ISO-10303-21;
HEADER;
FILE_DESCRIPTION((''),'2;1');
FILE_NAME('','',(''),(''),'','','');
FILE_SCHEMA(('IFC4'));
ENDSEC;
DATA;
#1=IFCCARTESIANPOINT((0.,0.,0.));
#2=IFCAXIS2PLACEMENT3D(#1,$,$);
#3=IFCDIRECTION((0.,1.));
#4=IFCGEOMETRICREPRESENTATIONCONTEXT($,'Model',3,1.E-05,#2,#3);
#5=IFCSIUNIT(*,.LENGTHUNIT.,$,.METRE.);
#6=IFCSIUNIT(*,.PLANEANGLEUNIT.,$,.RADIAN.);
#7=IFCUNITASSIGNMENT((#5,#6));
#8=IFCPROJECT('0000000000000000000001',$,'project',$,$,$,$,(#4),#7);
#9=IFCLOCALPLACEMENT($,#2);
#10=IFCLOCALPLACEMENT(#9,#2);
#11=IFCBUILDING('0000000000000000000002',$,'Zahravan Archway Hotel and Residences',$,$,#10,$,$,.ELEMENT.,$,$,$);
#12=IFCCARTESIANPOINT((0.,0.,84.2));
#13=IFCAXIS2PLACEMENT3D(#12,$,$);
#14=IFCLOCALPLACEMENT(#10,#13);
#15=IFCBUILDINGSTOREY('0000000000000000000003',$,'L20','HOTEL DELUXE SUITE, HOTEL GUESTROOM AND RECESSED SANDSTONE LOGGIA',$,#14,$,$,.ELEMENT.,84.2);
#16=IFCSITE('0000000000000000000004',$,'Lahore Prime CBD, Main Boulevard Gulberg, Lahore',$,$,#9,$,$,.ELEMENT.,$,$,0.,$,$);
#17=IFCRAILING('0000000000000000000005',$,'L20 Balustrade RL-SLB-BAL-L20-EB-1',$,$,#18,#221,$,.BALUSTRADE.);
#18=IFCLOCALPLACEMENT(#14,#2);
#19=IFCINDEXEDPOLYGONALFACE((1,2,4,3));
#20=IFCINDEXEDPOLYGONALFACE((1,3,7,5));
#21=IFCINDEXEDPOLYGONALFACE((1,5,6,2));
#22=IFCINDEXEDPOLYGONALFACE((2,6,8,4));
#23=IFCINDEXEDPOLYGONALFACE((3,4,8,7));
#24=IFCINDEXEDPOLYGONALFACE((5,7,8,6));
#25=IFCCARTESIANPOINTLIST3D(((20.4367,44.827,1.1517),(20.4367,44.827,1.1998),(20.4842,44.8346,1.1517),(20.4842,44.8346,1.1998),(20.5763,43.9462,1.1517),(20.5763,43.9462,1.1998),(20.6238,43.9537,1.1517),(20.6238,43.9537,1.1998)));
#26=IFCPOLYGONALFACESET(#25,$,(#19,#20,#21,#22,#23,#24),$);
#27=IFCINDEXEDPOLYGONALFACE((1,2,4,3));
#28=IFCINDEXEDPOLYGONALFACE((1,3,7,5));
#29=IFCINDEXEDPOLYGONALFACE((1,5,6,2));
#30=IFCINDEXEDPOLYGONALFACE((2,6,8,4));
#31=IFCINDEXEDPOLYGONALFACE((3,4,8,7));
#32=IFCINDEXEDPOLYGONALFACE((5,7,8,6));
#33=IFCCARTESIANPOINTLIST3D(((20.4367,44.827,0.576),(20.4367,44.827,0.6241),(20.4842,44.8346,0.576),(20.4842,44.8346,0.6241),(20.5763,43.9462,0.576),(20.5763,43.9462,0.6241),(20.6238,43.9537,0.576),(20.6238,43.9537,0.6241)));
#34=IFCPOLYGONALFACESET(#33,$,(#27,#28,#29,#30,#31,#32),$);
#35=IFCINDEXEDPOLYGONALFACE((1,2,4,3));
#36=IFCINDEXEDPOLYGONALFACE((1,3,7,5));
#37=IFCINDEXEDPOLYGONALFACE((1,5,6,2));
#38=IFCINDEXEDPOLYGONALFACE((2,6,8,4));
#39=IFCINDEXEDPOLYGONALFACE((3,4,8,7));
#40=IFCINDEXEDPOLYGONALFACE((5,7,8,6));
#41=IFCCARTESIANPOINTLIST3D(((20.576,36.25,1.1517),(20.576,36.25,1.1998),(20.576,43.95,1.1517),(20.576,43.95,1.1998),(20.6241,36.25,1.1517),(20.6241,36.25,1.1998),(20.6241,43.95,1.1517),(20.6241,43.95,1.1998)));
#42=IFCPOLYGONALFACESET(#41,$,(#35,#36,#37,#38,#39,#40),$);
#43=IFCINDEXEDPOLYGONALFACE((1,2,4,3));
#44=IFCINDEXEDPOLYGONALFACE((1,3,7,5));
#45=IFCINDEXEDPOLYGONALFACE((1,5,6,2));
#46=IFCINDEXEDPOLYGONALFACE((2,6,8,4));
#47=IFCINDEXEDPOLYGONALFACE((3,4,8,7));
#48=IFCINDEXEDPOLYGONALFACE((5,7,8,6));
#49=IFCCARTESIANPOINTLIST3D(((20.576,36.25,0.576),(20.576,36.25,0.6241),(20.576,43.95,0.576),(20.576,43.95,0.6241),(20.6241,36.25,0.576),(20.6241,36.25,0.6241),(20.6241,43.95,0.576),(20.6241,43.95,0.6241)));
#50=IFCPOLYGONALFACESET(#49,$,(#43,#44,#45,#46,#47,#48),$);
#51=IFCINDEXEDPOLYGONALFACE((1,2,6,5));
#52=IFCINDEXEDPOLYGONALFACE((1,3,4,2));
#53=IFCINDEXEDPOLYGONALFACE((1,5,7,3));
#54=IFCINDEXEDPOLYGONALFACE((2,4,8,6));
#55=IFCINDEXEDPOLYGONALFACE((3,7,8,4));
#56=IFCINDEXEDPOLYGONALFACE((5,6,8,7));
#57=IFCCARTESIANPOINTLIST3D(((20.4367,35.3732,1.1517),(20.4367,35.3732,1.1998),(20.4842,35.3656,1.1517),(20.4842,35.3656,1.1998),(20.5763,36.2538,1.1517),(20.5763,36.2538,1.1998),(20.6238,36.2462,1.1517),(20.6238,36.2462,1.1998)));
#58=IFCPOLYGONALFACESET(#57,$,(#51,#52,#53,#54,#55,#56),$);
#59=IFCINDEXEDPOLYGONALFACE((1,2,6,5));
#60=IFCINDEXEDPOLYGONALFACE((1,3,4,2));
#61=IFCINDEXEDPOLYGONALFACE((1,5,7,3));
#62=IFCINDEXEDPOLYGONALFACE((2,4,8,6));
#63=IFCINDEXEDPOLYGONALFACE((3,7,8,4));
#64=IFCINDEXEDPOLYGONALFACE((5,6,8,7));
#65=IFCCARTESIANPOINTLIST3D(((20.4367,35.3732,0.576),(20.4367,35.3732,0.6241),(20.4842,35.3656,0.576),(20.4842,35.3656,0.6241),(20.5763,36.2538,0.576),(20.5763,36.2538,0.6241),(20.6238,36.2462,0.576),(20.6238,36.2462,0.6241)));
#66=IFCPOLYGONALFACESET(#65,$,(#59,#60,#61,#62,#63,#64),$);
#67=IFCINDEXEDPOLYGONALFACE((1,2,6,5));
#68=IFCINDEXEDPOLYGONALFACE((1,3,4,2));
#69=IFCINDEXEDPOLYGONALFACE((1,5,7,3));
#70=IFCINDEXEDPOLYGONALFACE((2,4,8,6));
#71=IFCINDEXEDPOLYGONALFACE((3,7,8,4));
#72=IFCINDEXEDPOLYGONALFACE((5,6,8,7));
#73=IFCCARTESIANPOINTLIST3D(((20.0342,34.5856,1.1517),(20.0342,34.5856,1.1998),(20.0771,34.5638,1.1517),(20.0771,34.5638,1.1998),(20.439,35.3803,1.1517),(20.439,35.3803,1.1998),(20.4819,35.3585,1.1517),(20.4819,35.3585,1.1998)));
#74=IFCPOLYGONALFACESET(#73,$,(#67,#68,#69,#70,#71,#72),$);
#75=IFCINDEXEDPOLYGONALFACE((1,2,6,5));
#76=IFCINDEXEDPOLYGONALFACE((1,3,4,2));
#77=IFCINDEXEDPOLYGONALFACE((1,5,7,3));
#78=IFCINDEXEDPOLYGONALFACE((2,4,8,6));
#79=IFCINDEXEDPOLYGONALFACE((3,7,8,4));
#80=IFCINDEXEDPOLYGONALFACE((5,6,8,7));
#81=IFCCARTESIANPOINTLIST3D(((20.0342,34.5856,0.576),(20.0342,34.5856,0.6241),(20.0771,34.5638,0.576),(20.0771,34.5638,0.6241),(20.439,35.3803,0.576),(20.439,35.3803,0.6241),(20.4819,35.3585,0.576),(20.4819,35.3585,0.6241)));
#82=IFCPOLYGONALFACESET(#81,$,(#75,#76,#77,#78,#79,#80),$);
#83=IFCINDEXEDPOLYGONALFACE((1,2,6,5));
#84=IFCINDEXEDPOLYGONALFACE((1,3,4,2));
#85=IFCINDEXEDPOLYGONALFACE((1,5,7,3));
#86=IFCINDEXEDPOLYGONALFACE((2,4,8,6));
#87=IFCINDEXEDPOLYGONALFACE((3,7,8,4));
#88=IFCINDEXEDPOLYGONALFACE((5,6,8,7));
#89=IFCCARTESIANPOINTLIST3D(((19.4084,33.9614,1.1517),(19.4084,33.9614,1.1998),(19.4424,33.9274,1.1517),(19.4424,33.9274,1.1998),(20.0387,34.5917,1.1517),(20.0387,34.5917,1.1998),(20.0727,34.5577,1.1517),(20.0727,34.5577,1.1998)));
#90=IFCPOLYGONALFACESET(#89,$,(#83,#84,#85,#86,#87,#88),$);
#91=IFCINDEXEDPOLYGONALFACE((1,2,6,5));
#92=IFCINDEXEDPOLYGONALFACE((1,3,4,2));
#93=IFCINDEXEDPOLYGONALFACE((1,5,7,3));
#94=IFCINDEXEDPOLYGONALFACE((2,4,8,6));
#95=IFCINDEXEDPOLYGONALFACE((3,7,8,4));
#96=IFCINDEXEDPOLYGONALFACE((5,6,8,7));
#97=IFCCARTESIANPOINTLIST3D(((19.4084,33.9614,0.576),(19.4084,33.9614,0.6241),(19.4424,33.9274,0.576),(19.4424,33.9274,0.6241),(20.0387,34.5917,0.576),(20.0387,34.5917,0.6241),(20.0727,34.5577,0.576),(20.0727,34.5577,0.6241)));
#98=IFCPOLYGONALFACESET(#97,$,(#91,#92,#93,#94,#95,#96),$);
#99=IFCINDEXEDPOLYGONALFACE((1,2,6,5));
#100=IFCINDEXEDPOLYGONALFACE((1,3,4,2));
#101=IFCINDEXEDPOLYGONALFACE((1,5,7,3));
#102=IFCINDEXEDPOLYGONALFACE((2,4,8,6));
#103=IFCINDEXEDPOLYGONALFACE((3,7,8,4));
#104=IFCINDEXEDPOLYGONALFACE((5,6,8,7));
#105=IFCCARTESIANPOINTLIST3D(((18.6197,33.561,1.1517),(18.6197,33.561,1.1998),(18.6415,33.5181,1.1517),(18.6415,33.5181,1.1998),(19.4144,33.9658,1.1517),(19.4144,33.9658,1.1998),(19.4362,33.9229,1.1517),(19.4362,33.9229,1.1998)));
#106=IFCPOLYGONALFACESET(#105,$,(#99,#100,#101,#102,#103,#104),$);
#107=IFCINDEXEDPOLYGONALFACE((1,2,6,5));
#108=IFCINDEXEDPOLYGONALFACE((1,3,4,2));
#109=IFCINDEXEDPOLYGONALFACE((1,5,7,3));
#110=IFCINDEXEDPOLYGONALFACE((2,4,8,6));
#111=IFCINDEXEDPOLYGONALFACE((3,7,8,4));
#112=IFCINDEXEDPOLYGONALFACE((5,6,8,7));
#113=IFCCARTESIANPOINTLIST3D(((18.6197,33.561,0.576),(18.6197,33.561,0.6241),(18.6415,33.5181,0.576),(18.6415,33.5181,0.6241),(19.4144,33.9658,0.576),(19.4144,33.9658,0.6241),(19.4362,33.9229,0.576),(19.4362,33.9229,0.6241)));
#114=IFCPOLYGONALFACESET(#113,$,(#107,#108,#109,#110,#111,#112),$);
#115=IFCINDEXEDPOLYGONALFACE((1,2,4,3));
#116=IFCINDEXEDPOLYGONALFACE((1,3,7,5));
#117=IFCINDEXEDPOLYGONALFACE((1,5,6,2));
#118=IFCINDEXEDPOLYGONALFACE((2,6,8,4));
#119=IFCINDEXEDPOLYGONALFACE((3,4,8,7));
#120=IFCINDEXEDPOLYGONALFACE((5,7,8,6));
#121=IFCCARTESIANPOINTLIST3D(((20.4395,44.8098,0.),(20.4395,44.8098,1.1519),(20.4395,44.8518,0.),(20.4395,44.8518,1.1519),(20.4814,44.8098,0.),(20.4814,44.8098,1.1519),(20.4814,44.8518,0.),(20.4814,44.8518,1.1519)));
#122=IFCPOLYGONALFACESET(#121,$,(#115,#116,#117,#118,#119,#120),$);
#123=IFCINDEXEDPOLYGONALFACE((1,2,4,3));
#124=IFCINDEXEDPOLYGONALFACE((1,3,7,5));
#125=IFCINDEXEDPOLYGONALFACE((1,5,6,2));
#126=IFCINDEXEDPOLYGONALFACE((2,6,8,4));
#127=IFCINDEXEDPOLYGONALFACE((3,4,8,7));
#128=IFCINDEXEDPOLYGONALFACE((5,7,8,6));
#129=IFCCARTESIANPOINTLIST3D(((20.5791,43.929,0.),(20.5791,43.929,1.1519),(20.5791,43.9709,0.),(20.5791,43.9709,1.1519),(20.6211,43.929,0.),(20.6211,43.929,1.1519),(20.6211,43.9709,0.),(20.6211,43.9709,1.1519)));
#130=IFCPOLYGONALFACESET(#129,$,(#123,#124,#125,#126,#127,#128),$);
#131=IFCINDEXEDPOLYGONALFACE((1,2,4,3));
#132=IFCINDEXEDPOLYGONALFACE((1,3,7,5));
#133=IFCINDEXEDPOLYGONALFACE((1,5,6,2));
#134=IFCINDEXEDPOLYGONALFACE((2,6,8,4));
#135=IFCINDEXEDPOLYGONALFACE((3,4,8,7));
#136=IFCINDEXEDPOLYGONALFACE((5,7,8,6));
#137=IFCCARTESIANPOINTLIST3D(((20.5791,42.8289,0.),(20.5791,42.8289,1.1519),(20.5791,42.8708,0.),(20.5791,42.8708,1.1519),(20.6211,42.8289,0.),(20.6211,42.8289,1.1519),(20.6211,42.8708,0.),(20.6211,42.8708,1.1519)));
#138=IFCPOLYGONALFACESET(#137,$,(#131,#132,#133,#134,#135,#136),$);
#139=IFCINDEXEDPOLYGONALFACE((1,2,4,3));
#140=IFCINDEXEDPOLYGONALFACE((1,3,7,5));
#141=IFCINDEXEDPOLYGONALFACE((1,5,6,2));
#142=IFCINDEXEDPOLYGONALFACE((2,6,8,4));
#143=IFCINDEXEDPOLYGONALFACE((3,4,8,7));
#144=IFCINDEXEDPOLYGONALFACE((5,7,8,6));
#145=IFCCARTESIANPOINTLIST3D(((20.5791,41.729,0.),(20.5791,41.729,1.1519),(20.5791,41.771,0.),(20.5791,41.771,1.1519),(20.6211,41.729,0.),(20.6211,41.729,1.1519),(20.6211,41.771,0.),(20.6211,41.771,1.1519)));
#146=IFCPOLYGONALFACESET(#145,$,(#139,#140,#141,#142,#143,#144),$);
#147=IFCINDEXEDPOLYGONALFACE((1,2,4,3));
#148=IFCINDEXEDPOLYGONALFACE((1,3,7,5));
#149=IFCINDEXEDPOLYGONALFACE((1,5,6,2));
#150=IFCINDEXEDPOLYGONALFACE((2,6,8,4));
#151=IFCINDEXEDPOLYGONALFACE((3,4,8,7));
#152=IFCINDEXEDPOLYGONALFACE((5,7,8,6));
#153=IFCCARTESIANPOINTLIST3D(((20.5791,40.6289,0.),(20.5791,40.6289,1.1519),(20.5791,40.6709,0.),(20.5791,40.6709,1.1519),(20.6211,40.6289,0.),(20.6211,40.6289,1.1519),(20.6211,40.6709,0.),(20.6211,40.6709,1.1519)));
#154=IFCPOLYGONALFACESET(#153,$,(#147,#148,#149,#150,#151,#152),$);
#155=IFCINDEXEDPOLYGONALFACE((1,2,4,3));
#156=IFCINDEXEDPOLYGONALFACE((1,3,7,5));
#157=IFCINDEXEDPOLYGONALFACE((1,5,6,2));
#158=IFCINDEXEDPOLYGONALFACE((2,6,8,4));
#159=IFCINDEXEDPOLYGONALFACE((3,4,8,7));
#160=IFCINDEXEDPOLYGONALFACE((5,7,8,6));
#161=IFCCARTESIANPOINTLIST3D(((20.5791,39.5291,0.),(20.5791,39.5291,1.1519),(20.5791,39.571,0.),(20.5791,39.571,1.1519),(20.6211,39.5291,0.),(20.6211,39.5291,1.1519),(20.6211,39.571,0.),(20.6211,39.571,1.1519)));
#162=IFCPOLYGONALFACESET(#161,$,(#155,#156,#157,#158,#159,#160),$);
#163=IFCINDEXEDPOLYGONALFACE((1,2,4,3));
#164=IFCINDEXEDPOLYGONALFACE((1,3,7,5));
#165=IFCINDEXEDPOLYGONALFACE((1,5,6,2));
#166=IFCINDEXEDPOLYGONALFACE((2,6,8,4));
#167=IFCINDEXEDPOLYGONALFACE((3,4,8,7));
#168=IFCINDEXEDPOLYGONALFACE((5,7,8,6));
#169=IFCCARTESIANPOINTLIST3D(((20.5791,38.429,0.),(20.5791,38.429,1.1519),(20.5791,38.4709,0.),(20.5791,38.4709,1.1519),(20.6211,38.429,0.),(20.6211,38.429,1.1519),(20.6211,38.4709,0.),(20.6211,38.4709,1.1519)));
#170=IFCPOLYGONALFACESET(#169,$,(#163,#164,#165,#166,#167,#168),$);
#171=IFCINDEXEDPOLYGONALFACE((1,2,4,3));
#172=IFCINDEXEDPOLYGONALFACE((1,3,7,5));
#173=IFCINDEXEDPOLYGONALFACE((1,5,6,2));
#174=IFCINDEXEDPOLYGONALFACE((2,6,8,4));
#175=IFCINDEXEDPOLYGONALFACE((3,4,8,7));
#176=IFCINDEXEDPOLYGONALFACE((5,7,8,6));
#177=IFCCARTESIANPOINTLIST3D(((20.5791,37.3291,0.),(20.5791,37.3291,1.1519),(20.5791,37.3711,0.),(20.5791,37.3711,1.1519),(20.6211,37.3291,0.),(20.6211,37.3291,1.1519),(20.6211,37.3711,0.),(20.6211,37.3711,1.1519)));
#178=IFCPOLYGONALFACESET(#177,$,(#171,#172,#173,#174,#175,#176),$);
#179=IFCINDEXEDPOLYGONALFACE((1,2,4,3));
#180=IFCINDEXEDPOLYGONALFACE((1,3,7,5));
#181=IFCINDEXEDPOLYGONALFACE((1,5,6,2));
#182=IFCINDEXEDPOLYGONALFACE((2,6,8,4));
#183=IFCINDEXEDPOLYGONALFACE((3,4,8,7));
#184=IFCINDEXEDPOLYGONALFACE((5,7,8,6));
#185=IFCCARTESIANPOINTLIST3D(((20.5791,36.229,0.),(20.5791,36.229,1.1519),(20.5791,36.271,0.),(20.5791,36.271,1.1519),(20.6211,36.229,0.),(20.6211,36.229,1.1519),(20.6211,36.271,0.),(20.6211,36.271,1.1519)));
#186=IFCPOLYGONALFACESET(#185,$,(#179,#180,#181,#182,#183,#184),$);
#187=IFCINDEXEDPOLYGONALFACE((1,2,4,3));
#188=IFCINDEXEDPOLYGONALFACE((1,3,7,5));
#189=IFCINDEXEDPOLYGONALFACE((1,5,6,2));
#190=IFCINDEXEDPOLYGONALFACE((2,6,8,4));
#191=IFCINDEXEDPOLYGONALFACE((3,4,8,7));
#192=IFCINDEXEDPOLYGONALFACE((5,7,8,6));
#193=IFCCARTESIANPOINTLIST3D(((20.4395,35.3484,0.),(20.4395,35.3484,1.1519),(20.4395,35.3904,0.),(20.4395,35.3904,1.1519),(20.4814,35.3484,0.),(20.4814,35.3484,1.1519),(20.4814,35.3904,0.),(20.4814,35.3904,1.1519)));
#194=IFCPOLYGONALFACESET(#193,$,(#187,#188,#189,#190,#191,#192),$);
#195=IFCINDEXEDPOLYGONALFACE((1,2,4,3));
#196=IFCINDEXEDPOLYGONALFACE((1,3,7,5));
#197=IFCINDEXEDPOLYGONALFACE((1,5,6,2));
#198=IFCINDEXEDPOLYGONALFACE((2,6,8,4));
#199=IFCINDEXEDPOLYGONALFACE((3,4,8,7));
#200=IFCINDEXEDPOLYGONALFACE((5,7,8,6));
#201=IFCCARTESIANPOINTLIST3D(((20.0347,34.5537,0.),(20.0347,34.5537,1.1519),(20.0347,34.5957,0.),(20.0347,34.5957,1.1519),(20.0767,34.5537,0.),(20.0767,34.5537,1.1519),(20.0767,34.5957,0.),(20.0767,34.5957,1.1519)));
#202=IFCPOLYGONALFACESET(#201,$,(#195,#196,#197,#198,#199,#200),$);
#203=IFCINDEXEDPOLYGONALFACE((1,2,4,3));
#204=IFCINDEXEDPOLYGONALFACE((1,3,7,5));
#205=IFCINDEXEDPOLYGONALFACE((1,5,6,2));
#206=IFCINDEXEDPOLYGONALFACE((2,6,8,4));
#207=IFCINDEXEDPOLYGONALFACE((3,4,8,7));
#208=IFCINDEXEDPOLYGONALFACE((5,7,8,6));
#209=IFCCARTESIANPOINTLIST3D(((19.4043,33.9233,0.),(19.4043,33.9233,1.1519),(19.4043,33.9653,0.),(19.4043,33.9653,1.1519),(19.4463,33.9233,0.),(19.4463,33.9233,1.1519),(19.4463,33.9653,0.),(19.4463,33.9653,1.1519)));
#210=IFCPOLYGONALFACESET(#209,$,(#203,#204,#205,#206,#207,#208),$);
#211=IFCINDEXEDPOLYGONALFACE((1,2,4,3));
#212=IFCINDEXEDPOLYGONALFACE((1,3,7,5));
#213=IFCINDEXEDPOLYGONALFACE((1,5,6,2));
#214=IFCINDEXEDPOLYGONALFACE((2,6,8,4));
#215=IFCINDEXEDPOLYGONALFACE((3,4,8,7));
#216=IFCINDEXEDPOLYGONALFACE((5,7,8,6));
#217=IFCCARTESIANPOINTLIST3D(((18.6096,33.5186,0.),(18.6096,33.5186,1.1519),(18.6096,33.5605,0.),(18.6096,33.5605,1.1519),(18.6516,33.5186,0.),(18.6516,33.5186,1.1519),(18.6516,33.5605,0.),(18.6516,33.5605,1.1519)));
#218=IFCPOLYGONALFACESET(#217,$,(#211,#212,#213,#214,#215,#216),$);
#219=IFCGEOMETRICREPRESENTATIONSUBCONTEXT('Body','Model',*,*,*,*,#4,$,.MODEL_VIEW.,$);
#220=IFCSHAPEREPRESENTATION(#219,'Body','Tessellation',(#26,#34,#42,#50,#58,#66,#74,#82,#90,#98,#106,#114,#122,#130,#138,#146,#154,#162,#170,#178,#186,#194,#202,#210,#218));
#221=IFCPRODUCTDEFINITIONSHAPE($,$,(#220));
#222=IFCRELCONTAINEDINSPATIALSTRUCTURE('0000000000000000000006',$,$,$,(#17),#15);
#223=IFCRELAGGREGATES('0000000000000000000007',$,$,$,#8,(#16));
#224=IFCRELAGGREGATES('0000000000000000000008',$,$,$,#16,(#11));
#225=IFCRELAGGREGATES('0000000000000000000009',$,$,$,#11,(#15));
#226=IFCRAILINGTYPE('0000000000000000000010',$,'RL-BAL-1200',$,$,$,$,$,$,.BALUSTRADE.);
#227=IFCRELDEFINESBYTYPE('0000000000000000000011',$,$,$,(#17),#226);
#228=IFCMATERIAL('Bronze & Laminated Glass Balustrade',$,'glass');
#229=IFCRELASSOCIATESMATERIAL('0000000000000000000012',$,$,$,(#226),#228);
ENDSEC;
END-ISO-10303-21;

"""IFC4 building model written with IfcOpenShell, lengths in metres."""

from ifc_helpers import new_model, si_unit, direction, frame, origin, origin_2d, place, context, subcontext, project, spatial, rectangle, extrude, material, type_object, element, save


model = new_model("IFC4")

# Units and contexts
model_context = context("Model", 3, precision=1e-05, world=origin(), true_north=direction((0.0, 1.0)))
body_context = subcontext(model_context, "Body", "Model", "MODEL_VIEW")
ifc_project = project(units=[si_unit("LENGTHUNIT", "METRE"), si_unit("PLANEANGLEUNIT", "RADIAN")], contexts=[model_context])

# Site, building, storey
site_placement = place(None, origin())
site = spatial("IfcSite", under=ifc_project, at=site_placement, Name="Lahore Prime CBD, Main Boulevard Gulberg, Lahore", CompositionType="ELEMENT", RefElevation=0.0)
building_placement = place(site_placement, origin())
building = spatial("IfcBuilding", under=site, at=building_placement, Name="Zahravan Archway Hotel and Residences", CompositionType="ELEMENT")
storey_placement = place(building_placement, frame((0.0, 0.0, 84.2)))
storey = spatial("IfcBuildingStorey", under=building, at=storey_placement, Name="L20", Description="HOTEL DELUXE SUITE, HOTEL GUESTROOM AND RECESSED SANDSTONE LOGGIA", CompositionType="ELEMENT", Elevation=84.2)

# Railing
ifc_material_1 = material(Name="Bronze & Laminated Glass Balustrade", Category="glass")
railing_type = type_object("IfcRailingType", Name="RL-BAL-1200", PredefinedType="BALUSTRADE", material=ifc_material_1)
railing_placement = place(storey_placement, frame((20.4604, 44.8308, 0.0)))
element("IfcRailing", 1, at=railing_placement, inside=storey, type_object=railing_type, Name="L20 Balustrade RL-SLB-BAL-L20-EB-1", PredefinedType="BALUSTRADE", context=body_context, shape_type="SweptSolid", body=[
    extrude(rectangle(XDim=0.0481, YDim=0.0481, at=origin_2d()), frame((0.0, 0.0, 1.1758), z_axis=(0.156581, -0.987665, 0.0), x_axis=(0.987665, 0.156581, 0.0)), (0.0, 0.0, 1.0), 0.8918),
    extrude(rectangle(XDim=0.0481, YDim=0.0481, at=origin_2d()), frame((0.0, 0.0, 0.6001), z_axis=(0.156581, -0.987665, 0.0), x_axis=(0.987665, 0.156581, 0.0)), (0.0, 0.0, 1.0), 0.8918),
    extrude(rectangle(XDim=0.0481, YDim=0.0481, at=origin_2d()), frame((0.1396, -0.8809, 1.1758), z_axis=(0.0, -1.0, 0.0), x_axis=(1.0, 0.0, 0.0)), (0.0, 0.0, 1.0), 7.7),
    extrude(rectangle(XDim=0.0481, YDim=0.0481, at=origin_2d()), frame((0.1396, -0.8809, 0.6001), z_axis=(0.0, -1.0, 0.0), x_axis=(1.0, 0.0, 0.0)), (0.0, 0.0, 1.0), 7.7),
    extrude(rectangle(XDim=0.0481, YDim=0.0481, at=origin_2d()), frame((0.1396, -8.5808, 1.1758), z_axis=(-0.156623, -0.987658, 0.0), x_axis=(0.987658, -0.156623, 0.0)), (0.0, 0.0, 1.0), 0.8916),
    extrude(rectangle(XDim=0.0481, YDim=0.0481, at=origin_2d()), frame((0.1396, -8.5808, 0.6001), z_axis=(-0.156623, -0.987658, 0.0), x_axis=(0.987658, -0.156623, 0.0)), (0.0, 0.0, 1.0), 0.8916),
    extrude(rectangle(XDim=0.0481, YDim=0.0481, at=origin_2d()), frame((0.0, -9.4614, 1.1758), z_axis=(-0.453881, -0.891062, 0.0), x_axis=(0.891062, -0.453881, 0.0)), (0.0, 0.0, 1.0), 0.8918),
    extrude(rectangle(XDim=0.0481, YDim=0.0481, at=origin_2d()), frame((0.0, -9.4614, 0.6001), z_axis=(-0.453881, -0.891062, 0.0), x_axis=(0.891062, -0.453881, 0.0)), (0.0, 0.0, 1.0), 0.8918),
    extrude(rectangle(XDim=0.0481, YDim=0.0481, at=origin_2d()), frame((-0.4048, -10.2561, 1.1758), z_axis=(-0.707107, -0.707107, 0.0), x_axis=(0.707107, -0.707107, 0.0)), (0.0, 0.0, 1.0), 0.8914),
    extrude(rectangle(XDim=0.0481, YDim=0.0481, at=origin_2d()), frame((-0.4048, -10.2561, 0.6001), z_axis=(-0.707107, -0.707107, 0.0), x_axis=(0.707107, -0.707107, 0.0)), (0.0, 0.0, 1.0), 0.8914),
    extrude(rectangle(XDim=0.0481, YDim=0.0481, at=origin_2d()), frame((-1.0352, -10.8865, 1.1758), z_axis=(-0.891062, -0.453881, 0.0), x_axis=(0.453881, -0.891062, 0.0)), (0.0, 0.0, 1.0), 0.8918),
    extrude(rectangle(XDim=0.0481, YDim=0.0481, at=origin_2d()), frame((-1.0352, -10.8865, 0.6001), z_axis=(-0.891062, -0.453881, 0.0), x_axis=(0.453881, -0.891062, 0.0)), (0.0, 0.0, 1.0), 0.8918),
    extrude(rectangle(XDim=0.042, YDim=0.042, at=origin_2d()), origin(), (0.0, 0.0, 1.0), 1.1519),
    extrude(rectangle(XDim=0.042, YDim=0.042, at=origin_2d()), frame((0.1396, -0.8809, 0.0)), (0.0, 0.0, 1.0), 1.1519),
    extrude(rectangle(XDim=0.042, YDim=0.042, at=origin_2d()), frame((0.1396, -1.981, 0.0)), (0.0, 0.0, 1.0), 1.1519),
    extrude(rectangle(XDim=0.042, YDim=0.042, at=origin_2d()), frame((0.1396, -3.0808, 0.0)), (0.0, 0.0, 1.0), 1.1519),
    extrude(rectangle(XDim=0.042, YDim=0.042, at=origin_2d()), frame((0.1396, -4.1809, 0.0)), (0.0, 0.0, 1.0), 1.1519),
    extrude(rectangle(XDim=0.042, YDim=0.042, at=origin_2d()), frame((0.1396, -5.2808, 0.0)), (0.0, 0.0, 1.0), 1.1519),
    extrude(rectangle(XDim=0.042, YDim=0.042, at=origin_2d()), frame((0.1396, -6.3809, 0.0)), (0.0, 0.0, 1.0), 1.1519),
    extrude(rectangle(XDim=0.042, YDim=0.042, at=origin_2d()), frame((0.1396, -7.4807, 0.0)), (0.0, 0.0, 1.0), 1.1519),
    extrude(rectangle(XDim=0.042, YDim=0.042, at=origin_2d()), frame((0.1396, -8.5808, 0.0)), (0.0, 0.0, 1.0), 1.1519),
    extrude(rectangle(XDim=0.042, YDim=0.042, at=origin_2d()), frame((0.0, -9.4614, 0.0)), (0.0, 0.0, 1.0), 1.1519),
    extrude(rectangle(XDim=0.042, YDim=0.042, at=origin_2d()), frame((-0.4048, -10.2561, 0.0)), (0.0, 0.0, 1.0), 1.1519),
    extrude(rectangle(XDim=0.042, YDim=0.042, at=origin_2d()), frame((-1.0352, -10.8865, 0.0)), (0.0, 0.0, 1.0), 1.1519),
    extrude(rectangle(XDim=0.042, YDim=0.042, at=origin_2d()), frame((-1.8298, -11.2913, 0.0)), (0.0, 0.0, 1.0), 1.1519),
])

save(model, "model.ifc")
